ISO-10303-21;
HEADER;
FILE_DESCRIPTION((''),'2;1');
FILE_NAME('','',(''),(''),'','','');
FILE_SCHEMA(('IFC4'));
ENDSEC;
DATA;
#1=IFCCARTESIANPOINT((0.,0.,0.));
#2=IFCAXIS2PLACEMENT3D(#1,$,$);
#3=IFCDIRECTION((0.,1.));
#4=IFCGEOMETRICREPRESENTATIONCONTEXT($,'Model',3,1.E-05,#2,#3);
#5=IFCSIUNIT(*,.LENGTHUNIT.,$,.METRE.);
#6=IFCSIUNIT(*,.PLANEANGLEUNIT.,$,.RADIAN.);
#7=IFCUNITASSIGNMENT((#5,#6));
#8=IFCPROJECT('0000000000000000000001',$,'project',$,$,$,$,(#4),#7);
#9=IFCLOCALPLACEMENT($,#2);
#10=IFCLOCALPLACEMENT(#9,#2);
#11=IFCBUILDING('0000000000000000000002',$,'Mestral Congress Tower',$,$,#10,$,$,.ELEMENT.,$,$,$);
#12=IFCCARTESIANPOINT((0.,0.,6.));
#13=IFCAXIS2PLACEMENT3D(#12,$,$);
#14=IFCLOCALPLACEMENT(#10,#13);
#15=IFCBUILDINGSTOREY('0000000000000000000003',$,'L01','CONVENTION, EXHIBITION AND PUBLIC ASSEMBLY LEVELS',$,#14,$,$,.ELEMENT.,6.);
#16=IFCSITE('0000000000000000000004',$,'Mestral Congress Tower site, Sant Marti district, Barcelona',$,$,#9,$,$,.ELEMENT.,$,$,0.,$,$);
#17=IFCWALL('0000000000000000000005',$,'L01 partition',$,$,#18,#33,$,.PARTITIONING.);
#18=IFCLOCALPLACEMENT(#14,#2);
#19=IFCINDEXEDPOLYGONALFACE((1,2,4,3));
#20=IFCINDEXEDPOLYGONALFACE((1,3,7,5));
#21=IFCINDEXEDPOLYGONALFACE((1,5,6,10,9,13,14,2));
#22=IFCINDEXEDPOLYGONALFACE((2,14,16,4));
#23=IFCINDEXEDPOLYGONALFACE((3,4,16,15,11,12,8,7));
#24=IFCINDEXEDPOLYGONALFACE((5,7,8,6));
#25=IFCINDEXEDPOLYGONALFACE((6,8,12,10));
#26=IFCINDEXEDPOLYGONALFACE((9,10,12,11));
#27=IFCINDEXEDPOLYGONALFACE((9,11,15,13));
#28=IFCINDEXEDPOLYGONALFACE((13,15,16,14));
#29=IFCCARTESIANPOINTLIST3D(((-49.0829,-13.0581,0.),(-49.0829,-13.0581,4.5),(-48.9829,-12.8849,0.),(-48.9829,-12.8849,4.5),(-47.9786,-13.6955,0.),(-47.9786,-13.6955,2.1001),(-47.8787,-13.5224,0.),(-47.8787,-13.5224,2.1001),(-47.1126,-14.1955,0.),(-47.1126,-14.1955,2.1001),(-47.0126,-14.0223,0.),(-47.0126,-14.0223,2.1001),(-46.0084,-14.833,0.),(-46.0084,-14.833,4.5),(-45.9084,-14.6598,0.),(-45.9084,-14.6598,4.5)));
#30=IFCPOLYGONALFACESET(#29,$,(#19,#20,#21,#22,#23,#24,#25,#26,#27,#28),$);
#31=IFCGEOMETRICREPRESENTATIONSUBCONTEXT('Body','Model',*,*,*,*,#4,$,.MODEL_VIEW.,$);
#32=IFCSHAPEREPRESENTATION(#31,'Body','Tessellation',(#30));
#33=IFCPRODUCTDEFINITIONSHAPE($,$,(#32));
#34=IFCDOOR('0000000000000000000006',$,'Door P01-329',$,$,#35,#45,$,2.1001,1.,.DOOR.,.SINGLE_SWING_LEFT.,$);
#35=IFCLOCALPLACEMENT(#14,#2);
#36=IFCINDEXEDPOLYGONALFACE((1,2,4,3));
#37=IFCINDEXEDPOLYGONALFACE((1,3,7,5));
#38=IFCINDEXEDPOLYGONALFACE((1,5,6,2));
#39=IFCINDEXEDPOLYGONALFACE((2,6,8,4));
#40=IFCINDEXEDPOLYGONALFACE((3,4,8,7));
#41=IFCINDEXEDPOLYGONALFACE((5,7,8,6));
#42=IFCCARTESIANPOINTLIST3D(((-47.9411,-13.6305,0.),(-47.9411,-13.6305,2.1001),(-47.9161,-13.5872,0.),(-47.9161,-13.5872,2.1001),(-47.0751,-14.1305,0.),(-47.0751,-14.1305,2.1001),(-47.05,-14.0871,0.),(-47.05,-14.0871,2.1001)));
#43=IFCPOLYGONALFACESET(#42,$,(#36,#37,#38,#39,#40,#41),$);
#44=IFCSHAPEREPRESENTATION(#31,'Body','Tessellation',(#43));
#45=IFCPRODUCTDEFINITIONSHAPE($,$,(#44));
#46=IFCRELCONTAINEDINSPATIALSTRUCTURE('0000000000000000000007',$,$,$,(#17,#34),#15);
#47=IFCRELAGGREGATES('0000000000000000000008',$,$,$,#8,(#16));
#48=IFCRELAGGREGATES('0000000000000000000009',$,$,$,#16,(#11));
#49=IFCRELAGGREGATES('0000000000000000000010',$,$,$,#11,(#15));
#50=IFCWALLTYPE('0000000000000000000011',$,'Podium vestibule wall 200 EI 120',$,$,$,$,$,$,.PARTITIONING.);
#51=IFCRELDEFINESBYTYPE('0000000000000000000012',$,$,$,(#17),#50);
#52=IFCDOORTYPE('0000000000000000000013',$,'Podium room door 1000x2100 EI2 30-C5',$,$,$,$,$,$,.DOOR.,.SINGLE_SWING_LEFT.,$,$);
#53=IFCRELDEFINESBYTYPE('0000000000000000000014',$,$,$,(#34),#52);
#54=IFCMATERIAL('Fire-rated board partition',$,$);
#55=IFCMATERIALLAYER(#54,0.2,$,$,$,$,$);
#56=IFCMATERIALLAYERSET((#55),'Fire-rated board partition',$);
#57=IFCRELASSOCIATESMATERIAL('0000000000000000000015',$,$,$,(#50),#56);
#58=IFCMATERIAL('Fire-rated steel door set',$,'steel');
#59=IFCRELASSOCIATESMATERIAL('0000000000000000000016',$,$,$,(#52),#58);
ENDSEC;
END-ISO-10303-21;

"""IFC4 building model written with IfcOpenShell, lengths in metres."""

from ifc_helpers import new_model, si_unit, direction, frame, frame_2d, origin, place, context, subcontext, project, spatial, rectangle, extrude, material, layer, layer_set, type_object, element, fill, save


model = new_model("IFC4")

# Units and contexts
model_context = context("Model", 3, precision=1e-05, world=origin(), true_north=direction((0.0, 1.0)))
body_context = subcontext(model_context, "Body", "Model", "MODEL_VIEW")
ifc_project = project(units=[si_unit("LENGTHUNIT", "METRE"), si_unit("PLANEANGLEUNIT", "RADIAN")], contexts=[model_context])

# Site, building, storey
site_placement = place(None, origin())
site = spatial("IfcSite", under=ifc_project, at=site_placement, Name="Mestral Congress Tower site, Sant Marti district, Barcelona", CompositionType="ELEMENT", RefElevation=0.0)
building_placement = place(site_placement, origin())
building = spatial("IfcBuilding", under=site, at=building_placement, Name="Mestral Congress Tower", CompositionType="ELEMENT")
storey_placement = place(building_placement, frame((0.0, 0.0, 6.0)))
storey = spatial("IfcBuildingStorey", under=building, at=storey_placement, Name="L01", Description="CONVENTION, EXHIBITION AND PUBLIC ASSEMBLY LEVELS", CompositionType="ELEMENT", Elevation=6.0)

# Shared definitions
ifc_material_1 = material(Name="Fire-rated board partition")
ifc_layer_1 = layer(ifc_material_1, 0.2)
ifc_layer_set_1 = layer_set([ifc_layer_1], Name="Fire-rated board partition")
wall_type_1 = type_object("IfcWallType", Name="Podium vestibule wall 200 EI 120", PredefinedType="PARTITIONING", material=ifc_layer_set_1)

# Shared definitions
ifc_material_2 = material(Name="Fire-rated steel door set", Category="steel")
door_type = type_object("IfcDoorType", Name="Podium room door 1000x2100 EI2 30-C5", OperationType="SINGLE_SWING_LEFT", PredefinedType="DOOR", material=ifc_material_2)

# Wall, opening, door
wall_1_placement = place(storey_placement, frame((-45.9585, -14.7463, 0.0), z_axis=(0.0, 0.0, 1.0), x_axis=(-0.866042, 0.49997, 0.0)))
wall_1 = element("IfcWall", 1, at=wall_1_placement, inside=storey, type_object=wall_type_1, Name="L01 partition", PredefinedType="PARTITIONING", context=body_context, shape_type="SweptSolid", body=[
    extrude(rectangle(XDim=3.55, YDim=0.2, at=frame_2d((1.7749, 0.0))), origin(), (0.0, 0.0, 1.0), 4.5),
])
opening_1_placement = place(wall_1_placement, frame((1.2749, 0.0, 0.0)))
opening_1 = element("IfcOpeningElement", 2, at=opening_1_placement, cuts=wall_1, PredefinedType="OPENING", context=body_context, shape_type="SweptSolid", body=[
    extrude(rectangle(XDim=1.0, YDim=2.1001, at=frame_2d((0.5, 1.05))), frame((0.0, 0.1099, 0.0), z_axis=(0.0, -1.0, 0.0), x_axis=(1.0, 0.0, 0.0)), (0.0, 0.0, 1.0), 0.22),
])
door_1_placement = place(opening_1_placement, origin())
door_1 = element("IfcDoor", 3, at=door_1_placement, inside=storey, type_object=door_type, Name="Door P01-329", OperationType="SINGLE_SWING_LEFT", OverallHeight=2.1001, OverallWidth=1.0, PredefinedType="DOOR", context=body_context, shape_type="SweptSolid", body=[
    extrude(rectangle(XDim=1.0, YDim=2.1001, at=frame_2d((0.5, 1.05))), frame((0.0, 0.0249, 0.0), z_axis=(0.0, -1.0, 0.0), x_axis=(1.0, 0.0, 0.0)), (0.0, 0.0, 1.0), 0.05),
])
fill(opening_1, door_1)

save(model, "model.ifc")
